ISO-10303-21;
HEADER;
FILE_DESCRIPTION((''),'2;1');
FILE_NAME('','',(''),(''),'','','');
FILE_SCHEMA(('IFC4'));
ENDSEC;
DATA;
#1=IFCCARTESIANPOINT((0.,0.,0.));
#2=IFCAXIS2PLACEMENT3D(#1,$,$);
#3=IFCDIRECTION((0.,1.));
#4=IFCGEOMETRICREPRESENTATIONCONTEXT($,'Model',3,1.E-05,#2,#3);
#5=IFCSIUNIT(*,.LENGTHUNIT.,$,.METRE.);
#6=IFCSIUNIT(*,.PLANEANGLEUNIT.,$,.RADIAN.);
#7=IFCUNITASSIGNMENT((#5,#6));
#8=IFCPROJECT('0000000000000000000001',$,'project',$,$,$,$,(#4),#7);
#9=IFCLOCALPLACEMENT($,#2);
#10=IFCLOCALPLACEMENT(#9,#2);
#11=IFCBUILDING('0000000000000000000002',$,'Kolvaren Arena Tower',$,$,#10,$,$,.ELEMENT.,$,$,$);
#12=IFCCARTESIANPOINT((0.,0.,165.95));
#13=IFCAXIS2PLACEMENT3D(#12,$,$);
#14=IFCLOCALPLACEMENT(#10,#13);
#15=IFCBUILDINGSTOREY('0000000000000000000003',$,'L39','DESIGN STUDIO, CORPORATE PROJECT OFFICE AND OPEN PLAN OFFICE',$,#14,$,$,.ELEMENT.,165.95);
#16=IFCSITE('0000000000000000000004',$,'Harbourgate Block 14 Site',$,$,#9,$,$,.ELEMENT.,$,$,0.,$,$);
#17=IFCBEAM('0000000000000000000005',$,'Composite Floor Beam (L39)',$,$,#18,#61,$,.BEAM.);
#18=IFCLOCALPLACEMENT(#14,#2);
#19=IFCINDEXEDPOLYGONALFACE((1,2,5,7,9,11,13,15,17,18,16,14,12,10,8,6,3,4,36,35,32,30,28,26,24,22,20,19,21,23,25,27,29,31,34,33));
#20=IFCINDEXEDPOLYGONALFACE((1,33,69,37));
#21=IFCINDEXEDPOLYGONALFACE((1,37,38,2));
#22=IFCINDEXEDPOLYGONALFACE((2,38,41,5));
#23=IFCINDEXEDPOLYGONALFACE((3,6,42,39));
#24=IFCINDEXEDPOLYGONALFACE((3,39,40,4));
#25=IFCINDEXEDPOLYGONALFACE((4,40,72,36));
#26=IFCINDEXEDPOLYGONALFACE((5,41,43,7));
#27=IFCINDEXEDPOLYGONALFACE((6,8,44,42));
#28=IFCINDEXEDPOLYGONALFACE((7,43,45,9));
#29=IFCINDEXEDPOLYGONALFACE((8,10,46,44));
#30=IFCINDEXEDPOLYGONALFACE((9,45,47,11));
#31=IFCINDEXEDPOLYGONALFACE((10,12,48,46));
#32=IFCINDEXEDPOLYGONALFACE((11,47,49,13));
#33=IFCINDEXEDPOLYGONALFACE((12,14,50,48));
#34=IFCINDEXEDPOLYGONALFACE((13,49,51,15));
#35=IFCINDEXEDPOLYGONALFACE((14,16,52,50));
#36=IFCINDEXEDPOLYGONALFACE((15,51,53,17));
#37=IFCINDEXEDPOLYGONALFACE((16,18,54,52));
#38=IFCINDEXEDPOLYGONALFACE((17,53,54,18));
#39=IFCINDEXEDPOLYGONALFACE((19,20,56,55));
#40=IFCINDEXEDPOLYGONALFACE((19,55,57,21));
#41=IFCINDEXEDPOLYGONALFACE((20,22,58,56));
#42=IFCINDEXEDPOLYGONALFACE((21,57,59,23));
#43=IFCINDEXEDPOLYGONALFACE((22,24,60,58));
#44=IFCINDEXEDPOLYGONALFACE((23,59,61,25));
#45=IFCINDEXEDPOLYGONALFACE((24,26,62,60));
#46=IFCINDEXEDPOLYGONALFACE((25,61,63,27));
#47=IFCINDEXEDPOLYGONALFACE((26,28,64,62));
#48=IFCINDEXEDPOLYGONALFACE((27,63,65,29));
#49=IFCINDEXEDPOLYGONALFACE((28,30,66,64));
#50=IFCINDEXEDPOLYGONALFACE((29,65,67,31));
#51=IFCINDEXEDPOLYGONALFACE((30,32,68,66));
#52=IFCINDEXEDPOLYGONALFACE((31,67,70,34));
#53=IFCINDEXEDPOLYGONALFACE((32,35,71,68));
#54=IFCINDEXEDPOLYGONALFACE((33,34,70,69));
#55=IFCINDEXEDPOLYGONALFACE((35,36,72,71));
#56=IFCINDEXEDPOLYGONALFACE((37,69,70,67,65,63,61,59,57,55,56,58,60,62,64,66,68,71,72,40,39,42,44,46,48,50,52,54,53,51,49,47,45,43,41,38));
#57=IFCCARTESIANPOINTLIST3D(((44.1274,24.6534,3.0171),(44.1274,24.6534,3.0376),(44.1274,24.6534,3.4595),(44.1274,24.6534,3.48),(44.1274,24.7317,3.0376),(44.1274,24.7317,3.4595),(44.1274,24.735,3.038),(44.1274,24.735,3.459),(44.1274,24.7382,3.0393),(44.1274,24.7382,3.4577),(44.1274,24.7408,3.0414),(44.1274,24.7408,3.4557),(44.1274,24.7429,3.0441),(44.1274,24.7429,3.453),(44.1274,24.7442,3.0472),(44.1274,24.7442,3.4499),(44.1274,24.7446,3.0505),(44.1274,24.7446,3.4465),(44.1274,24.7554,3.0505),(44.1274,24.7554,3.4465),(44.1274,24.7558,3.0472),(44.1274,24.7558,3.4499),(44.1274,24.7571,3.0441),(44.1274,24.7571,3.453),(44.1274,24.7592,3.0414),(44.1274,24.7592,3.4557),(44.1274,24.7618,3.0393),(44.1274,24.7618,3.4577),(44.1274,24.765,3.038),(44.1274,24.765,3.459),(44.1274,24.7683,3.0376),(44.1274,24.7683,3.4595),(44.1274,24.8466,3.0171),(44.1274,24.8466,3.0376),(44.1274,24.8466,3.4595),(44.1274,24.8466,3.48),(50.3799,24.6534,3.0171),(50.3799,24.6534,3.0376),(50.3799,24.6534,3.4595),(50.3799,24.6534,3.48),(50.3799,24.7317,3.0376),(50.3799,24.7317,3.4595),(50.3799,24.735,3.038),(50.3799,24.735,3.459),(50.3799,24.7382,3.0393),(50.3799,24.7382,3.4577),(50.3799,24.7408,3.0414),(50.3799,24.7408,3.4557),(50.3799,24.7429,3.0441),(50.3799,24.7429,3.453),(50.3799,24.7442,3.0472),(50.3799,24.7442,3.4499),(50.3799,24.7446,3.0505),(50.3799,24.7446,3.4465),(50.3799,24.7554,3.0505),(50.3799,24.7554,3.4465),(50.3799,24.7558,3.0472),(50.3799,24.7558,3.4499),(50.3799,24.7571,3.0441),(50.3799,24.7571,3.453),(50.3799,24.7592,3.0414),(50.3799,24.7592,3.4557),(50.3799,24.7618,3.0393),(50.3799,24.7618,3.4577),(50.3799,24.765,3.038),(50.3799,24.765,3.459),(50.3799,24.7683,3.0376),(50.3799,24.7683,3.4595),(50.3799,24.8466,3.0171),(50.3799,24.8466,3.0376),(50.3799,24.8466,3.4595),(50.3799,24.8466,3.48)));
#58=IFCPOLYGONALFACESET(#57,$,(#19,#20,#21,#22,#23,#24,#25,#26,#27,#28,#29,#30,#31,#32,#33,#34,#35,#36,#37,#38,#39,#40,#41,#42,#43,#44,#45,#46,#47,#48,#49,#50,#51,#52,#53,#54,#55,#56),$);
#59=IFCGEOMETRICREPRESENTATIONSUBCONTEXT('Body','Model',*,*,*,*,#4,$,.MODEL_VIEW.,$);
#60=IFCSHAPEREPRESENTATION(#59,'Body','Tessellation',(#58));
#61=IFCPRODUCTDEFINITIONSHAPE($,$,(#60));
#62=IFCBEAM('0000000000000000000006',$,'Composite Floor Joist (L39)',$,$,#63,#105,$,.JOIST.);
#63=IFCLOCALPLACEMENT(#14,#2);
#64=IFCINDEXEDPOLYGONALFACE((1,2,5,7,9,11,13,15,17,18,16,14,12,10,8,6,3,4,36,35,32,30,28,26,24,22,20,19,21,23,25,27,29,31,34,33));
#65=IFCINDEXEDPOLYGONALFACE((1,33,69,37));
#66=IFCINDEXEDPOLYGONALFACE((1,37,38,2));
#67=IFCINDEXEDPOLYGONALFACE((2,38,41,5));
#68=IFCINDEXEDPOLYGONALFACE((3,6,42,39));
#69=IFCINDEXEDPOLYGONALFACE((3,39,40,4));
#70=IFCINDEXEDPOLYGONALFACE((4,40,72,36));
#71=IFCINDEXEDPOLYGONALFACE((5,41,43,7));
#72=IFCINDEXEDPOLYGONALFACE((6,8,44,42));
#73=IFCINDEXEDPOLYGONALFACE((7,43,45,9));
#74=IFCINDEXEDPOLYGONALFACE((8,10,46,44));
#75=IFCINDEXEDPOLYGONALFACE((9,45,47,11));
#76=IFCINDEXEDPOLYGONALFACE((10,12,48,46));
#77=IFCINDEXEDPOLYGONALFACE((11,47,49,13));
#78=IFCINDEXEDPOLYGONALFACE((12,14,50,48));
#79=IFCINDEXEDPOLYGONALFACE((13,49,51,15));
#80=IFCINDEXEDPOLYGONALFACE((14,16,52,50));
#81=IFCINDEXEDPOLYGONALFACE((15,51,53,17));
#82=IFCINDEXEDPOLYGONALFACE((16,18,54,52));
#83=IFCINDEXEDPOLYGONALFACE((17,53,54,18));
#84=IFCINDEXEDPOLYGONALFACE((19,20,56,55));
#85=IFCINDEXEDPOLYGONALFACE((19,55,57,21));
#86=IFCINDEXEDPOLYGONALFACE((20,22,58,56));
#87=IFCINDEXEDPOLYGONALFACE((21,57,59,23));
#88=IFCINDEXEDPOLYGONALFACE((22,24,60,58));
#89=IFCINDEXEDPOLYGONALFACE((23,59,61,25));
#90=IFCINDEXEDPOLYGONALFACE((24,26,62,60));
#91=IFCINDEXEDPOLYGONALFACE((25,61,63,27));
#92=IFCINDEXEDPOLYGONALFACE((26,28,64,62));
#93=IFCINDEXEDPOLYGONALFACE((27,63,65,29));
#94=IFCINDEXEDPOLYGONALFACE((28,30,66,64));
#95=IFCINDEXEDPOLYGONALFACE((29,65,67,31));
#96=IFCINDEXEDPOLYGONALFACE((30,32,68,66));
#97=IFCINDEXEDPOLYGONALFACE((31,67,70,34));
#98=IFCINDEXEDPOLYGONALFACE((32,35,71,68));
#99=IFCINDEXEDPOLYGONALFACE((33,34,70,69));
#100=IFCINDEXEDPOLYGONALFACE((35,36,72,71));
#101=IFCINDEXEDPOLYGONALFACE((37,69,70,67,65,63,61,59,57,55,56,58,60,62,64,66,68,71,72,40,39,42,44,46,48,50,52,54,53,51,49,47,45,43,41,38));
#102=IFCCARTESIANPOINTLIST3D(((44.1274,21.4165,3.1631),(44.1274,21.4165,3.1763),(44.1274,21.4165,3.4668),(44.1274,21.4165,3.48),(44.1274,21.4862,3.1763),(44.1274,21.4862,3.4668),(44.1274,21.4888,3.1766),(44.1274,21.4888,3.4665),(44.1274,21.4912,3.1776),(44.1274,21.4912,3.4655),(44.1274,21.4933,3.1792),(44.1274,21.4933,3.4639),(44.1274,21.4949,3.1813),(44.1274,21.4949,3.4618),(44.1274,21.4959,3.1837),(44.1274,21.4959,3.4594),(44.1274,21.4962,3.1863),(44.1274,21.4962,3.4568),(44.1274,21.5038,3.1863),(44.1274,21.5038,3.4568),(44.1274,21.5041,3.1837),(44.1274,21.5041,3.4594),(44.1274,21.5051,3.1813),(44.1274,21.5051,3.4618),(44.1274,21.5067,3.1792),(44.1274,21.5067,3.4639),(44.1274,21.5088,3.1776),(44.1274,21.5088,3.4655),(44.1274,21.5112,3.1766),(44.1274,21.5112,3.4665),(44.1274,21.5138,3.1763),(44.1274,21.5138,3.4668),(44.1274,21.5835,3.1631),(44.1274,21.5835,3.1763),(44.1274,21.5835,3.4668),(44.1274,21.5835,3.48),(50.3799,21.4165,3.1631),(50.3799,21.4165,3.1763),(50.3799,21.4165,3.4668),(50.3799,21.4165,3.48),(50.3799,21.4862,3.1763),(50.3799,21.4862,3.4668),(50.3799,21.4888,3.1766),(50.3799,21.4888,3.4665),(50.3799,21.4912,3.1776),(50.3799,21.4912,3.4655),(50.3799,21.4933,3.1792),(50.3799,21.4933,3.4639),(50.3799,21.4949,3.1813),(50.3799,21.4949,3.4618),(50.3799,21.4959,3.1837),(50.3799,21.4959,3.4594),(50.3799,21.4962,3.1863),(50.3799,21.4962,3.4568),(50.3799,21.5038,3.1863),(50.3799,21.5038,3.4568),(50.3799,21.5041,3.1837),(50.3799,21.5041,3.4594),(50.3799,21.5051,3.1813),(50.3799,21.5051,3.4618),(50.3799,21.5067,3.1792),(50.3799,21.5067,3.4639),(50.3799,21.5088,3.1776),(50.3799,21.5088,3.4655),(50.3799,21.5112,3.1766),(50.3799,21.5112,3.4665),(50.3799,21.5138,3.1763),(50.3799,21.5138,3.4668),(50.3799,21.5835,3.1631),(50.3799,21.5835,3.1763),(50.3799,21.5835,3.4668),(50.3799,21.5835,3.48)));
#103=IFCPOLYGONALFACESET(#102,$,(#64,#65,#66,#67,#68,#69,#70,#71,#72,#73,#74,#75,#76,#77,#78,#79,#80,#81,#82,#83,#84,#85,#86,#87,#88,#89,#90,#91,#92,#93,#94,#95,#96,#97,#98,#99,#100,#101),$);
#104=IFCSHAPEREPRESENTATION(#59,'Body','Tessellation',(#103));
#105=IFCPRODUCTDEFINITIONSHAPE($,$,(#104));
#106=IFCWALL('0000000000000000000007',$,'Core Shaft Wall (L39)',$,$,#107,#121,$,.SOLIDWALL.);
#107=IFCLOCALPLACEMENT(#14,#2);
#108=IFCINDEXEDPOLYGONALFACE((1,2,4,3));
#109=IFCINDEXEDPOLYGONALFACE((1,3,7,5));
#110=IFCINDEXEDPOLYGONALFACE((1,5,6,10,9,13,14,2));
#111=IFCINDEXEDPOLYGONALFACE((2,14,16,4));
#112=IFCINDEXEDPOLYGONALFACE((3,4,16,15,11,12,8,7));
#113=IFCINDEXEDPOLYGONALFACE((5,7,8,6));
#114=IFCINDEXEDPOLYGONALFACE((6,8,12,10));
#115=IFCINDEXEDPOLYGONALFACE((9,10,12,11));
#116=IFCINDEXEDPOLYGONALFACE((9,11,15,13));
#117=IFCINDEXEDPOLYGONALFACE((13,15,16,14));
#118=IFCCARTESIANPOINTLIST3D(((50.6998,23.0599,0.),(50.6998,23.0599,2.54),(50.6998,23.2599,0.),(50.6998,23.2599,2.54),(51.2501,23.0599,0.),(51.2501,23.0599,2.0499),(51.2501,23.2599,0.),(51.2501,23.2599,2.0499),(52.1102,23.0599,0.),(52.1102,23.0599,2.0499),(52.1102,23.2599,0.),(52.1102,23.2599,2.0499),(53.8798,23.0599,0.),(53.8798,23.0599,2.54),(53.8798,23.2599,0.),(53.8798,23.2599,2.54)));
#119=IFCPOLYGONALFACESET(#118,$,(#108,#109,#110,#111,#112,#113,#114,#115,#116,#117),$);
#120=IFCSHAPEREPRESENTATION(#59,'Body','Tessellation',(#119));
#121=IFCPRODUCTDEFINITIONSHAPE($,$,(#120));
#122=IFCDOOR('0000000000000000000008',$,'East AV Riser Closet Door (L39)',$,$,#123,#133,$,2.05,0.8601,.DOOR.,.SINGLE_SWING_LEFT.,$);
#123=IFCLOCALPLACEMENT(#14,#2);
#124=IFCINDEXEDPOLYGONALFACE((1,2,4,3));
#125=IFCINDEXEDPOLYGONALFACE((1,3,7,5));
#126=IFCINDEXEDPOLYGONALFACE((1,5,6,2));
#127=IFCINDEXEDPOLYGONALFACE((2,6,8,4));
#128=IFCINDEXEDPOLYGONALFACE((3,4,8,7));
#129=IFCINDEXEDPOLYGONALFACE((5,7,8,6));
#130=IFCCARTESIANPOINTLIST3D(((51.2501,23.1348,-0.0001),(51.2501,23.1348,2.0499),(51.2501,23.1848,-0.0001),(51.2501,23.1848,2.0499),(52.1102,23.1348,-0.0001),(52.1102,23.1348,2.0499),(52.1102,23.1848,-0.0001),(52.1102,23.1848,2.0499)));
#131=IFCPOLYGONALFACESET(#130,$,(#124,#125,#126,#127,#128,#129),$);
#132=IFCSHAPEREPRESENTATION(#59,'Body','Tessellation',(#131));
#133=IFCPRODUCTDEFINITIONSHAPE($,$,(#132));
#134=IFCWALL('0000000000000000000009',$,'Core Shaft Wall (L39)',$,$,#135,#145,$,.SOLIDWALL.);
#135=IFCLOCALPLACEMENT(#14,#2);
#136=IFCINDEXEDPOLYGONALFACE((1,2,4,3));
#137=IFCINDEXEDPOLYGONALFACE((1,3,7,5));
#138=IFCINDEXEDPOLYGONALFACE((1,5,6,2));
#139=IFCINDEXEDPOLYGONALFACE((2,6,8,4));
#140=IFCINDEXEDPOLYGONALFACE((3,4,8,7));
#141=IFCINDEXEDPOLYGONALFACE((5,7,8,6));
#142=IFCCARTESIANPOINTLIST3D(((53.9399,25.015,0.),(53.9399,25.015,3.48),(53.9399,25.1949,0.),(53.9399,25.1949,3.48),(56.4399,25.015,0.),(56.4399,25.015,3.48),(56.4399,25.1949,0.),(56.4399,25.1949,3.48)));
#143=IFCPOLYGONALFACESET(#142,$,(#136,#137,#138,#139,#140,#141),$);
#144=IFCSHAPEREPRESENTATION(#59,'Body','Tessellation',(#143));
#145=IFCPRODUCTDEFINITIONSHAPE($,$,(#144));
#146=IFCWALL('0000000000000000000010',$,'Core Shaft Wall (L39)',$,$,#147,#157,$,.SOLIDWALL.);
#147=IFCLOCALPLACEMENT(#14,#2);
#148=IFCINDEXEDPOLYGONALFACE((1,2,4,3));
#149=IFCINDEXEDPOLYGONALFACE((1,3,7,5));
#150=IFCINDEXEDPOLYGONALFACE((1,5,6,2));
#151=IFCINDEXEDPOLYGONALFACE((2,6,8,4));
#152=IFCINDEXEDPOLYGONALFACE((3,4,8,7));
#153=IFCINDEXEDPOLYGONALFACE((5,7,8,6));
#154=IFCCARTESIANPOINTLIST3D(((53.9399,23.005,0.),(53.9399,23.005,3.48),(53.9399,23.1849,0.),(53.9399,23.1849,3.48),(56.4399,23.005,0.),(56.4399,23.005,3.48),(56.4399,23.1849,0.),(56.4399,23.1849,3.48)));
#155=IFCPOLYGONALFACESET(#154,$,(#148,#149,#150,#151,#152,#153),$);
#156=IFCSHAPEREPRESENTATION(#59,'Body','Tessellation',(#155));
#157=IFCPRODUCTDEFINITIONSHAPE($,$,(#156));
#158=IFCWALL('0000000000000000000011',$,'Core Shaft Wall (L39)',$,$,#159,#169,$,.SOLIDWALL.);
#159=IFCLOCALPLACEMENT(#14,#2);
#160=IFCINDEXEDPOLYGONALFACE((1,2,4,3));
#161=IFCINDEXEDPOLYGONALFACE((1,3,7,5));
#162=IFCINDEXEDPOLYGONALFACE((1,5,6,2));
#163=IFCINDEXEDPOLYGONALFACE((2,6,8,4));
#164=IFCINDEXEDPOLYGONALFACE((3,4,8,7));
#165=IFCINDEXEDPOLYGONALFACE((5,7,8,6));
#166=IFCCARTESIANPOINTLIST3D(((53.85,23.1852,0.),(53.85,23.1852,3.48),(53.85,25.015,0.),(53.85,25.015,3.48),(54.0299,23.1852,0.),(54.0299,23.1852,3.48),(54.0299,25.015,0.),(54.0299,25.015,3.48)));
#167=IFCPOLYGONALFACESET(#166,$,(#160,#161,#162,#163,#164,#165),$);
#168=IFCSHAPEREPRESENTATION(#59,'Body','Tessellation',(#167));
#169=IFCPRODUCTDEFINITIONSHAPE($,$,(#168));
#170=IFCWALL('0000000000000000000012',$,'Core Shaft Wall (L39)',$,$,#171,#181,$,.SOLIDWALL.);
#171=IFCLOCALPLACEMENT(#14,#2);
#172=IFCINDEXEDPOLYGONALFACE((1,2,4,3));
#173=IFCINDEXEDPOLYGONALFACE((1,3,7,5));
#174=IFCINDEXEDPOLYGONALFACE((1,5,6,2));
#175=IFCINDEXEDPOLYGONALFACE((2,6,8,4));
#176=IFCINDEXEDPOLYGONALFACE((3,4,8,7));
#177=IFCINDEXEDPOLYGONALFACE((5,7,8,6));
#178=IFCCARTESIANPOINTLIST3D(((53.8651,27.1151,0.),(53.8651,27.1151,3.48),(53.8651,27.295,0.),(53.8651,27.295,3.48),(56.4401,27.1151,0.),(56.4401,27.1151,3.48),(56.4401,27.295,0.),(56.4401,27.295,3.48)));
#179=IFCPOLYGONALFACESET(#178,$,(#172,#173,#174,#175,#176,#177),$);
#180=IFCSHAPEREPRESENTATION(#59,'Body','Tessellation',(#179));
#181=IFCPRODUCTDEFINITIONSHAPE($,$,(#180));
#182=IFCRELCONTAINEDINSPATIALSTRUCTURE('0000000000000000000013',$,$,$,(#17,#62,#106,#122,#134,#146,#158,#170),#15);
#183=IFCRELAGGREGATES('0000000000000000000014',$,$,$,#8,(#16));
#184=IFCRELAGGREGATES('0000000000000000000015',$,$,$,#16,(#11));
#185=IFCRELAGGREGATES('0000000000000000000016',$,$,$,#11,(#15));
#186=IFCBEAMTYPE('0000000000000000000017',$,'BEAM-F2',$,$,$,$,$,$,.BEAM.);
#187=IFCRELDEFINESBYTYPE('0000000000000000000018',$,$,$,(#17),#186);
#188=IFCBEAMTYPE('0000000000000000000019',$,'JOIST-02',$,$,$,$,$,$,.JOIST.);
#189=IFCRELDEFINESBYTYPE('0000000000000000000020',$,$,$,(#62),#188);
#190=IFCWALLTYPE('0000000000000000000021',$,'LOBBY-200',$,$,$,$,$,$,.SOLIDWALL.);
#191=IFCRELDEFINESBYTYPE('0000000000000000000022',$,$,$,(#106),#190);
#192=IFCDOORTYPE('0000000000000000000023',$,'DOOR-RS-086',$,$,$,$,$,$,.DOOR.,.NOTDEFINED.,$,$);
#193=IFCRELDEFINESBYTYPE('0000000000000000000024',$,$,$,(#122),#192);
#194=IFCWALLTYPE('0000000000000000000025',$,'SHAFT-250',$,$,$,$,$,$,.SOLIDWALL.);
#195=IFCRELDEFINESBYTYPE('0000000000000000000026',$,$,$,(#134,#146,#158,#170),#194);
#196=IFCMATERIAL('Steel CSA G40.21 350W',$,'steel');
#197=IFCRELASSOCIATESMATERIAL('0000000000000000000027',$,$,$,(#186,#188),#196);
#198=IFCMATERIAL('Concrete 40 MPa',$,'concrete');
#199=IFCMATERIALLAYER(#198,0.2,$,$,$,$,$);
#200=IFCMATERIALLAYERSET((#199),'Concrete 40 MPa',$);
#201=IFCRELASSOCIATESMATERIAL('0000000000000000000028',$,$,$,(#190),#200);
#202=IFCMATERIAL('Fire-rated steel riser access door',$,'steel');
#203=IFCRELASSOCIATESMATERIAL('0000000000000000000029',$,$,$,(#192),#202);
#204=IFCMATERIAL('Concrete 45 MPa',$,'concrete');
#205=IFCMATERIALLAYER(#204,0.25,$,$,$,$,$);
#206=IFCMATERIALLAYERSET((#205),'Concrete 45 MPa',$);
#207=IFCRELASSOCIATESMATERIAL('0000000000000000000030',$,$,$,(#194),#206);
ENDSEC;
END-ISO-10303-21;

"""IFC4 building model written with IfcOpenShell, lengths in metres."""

from ifc_helpers import new_model, si_unit, direction, frame, frame_2d, origin, origin_2d, place, context, subcontext, project, spatial, rectangle, i_section, extrude, material, layer, layer_set, material_profile, profile_set, type_object, element, fill, save


model = new_model("IFC4")

# Units and contexts
model_context = context("Model", 3, precision=1e-05, world=origin(), true_north=direction((0.0, 1.0)))
body_context = subcontext(model_context, "Body", "Model", "MODEL_VIEW")
ifc_project = project(units=[si_unit("LENGTHUNIT", "METRE"), si_unit("PLANEANGLEUNIT", "RADIAN")], contexts=[model_context])

# Site, building, storey
site_placement = place(None, origin())
site = spatial("IfcSite", under=ifc_project, at=site_placement, Name="Harbourgate Block 14 Site", CompositionType="ELEMENT", RefElevation=0.0)
building_placement = place(site_placement, origin())
building = spatial("IfcBuilding", under=site, at=building_placement, Name="Kolvaren Arena Tower", CompositionType="ELEMENT")
storey_placement = place(building_placement, frame((0.0, 0.0, 165.95)))
storey = spatial("IfcBuildingStorey", under=building, at=storey_placement, Name="L39", Description="DESIGN STUDIO, CORPORATE PROJECT OFFICE AND OPEN PLAN OFFICE", CompositionType="ELEMENT", Elevation=165.95)

# Beams
ifc_material_1 = material(Name="Steel CSA G40.21 350W", Category="steel")
ifc_material_profile_1 = material_profile(ifc_material_1, i_section(OverallWidth=0.1931, OverallDepth=0.4629, WebThickness=0.0107, FlangeThickness=0.0205, FilletRadius=0.0129, at=origin_2d()), Name="W460x113")
ifc_profile_set_1 = profile_set([ifc_material_profile_1], Name="Steel CSA G40.21 350W")
beam_type_1 = type_object("IfcBeamType", Name="BEAM-F2", PredefinedType="BEAM", material=ifc_profile_set_1)
beam_1_placement = place(storey_placement, frame((44.1274, 24.75, 3.2485), z_axis=(1.0, 0.0, 0.0), x_axis=(0.0, 1.0, 0.0)))
element("IfcBeam", 1, at=beam_1_placement, inside=storey, type_object=beam_type_1, Name="Composite Floor Beam (L39)", PredefinedType="BEAM", context=body_context, shape_type="SweptSolid", body=[
    extrude(i_section(OverallWidth=0.1931, OverallDepth=0.4629, WebThickness=0.0107, FlangeThickness=0.0205, FilletRadius=0.0129, at=origin_2d()), origin(), (0.0, 0.0, 1.0), 6.2524),
])
ifc_material_profile_2 = material_profile(ifc_material_1, i_section(OverallWidth=0.167, OverallDepth=0.3169, WebThickness=0.0076, FlangeThickness=0.0132, FilletRadius=0.01, at=origin_2d()), Name="W310x52")
ifc_profile_set_2 = profile_set([ifc_material_profile_2], Name="Steel CSA G40.21 350W")
beam_type_2 = type_object("IfcBeamType", Name="JOIST-02", PredefinedType="JOIST", material=ifc_profile_set_2)
beam_2_placement = place(storey_placement, frame((44.1274, 21.5, 3.3215), z_axis=(1.0, 0.0, 0.0), x_axis=(0.0, 1.0, 0.0)))
element("IfcBeam", 2, at=beam_2_placement, inside=storey, type_object=beam_type_2, Name="Composite Floor Joist (L39)", PredefinedType="JOIST", context=body_context, shape_type="SweptSolid", body=[
    extrude(i_section(OverallWidth=0.167, OverallDepth=0.3169, WebThickness=0.0076, FlangeThickness=0.0132, FilletRadius=0.01, at=origin_2d()), origin(), (0.0, 0.0, 1.0), 6.2524),
])

# Shared definitions
ifc_material_2 = material(Name="Concrete 40 MPa", Category="concrete")
ifc_layer_1 = layer(ifc_material_2, 0.2)
ifc_layer_set_1 = layer_set([ifc_layer_1], Name="Concrete 40 MPa")
wall_type_1 = type_object("IfcWallType", Name="LOBBY-200", PredefinedType="SOLIDWALL", material=ifc_layer_set_1)

# Wall, opening, door
wall_1_placement = place(storey_placement, frame((50.7, 23.1599, 0.0), z_axis=(0.0, 0.0, 1.0), x_axis=(1.0, 0.0, 0.0)))
wall_1 = element("IfcWall", 3, at=wall_1_placement, inside=storey, type_object=wall_type_1, Name="Core Shaft Wall (L39)", PredefinedType="SOLIDWALL", context=body_context, shape_type="SweptSolid", body=[
    extrude(rectangle(XDim=3.1799, YDim=0.2, at=frame_2d((1.5898, 0.0))), origin(), (0.0, 0.0, 1.0), 2.54),
])
opening_1_placement = place(wall_1_placement, frame((0.55, 0.0, 0.0)))
opening_1 = element("IfcOpeningElement", 4, at=opening_1_placement, cuts=wall_1, PredefinedType="OPENING", context=body_context, shape_type="SweptSolid", body=[
    extrude(rectangle(XDim=0.8601, YDim=2.05, at=frame_2d((0.4302, 1.0249))), frame((0.0, 0.1099, 0.0), z_axis=(0.0, -1.0, 0.0), x_axis=(1.0, 0.0, 0.0)), (0.0, 0.0, 1.0), 0.22),
])
ifc_material_3 = material(Name="Fire-rated steel riser access door", Category="steel")
door_type_1 = type_object("IfcDoorType", Name="DOOR-RS-086", OperationType="NOTDEFINED", PredefinedType="DOOR", material=ifc_material_3)
door_1_placement = place(opening_1_placement, origin())
door_1 = element("IfcDoor", 5, at=door_1_placement, inside=storey, type_object=door_type_1, Name="East AV Riser Closet Door (L39)", OperationType="SINGLE_SWING_LEFT", OverallHeight=2.05, OverallWidth=0.8601, PredefinedType="DOOR", context=body_context, shape_type="SweptSolid", body=[
    extrude(rectangle(XDim=0.8601, YDim=2.05, at=frame_2d((0.4302, 1.0249))), frame((0.0, 0.0249, 0.0), z_axis=(0.0, -1.0, 0.0), x_axis=(1.0, 0.0, 0.0)), (0.0, 0.0, 1.0), 0.05),
])
fill(opening_1, door_1)

# Walls
ifc_material_4 = material(Name="Concrete 45 MPa", Category="concrete")
ifc_layer_2 = layer(ifc_material_4, 0.25)
ifc_layer_set_2 = layer_set([ifc_layer_2], Name="Concrete 45 MPa")
wall_type_2 = type_object("IfcWallType", Name="SHAFT-250", PredefinedType="SOLIDWALL", material=ifc_layer_set_2)
for number, where, z_axis, x_axis, name in (
    (6, (53.9399, 25.105, 0.0), (0.0, 0.0, 1.0), (1.0, 0.0, 0.0), "Core Shaft Wall (L39)"),
    (7, (53.9399, 23.095, 0.0), (0.0, 0.0, 1.0), (1.0, 0.0, 0.0), "Core Shaft Wall (L39)"),
):
    element("IfcWall", number, at=place(storey_placement, frame(where, z_axis=z_axis, x_axis=x_axis)), inside=storey, type_object=wall_type_2, Name=name, PredefinedType="SOLIDWALL", context=body_context, shape_type="SweptSolid", body=[
        extrude(rectangle(XDim=2.5, YDim=0.1799, at=frame_2d((1.25, 0.0))), origin(), (0.0, 0.0, 1.0), 3.48),
    ])
wall_2_placement = place(storey_placement, frame((53.9399, 23.1851, 0.0), z_axis=(0.0, 0.0, 1.0), x_axis=(0.0, 1.0, 0.0)))
element("IfcWall", 8, at=wall_2_placement, inside=storey, type_object=wall_type_2, Name="Core Shaft Wall (L39)", PredefinedType="SOLIDWALL", context=body_context, shape_type="SweptSolid", body=[
    extrude(rectangle(XDim=1.8298, YDim=0.1799, at=frame_2d((0.915, 0.0))), origin(), (0.0, 0.0, 1.0), 3.48),
])
wall_3_placement = place(storey_placement, frame((53.865, 27.2051, 0.0), z_axis=(0.0, 0.0, 1.0), x_axis=(1.0, 0.0, 0.0)))
element("IfcWall", 9, at=wall_3_placement, inside=storey, type_object=wall_type_2, Name="Core Shaft Wall (L39)", PredefinedType="SOLIDWALL", context=body_context, shape_type="SweptSolid", body=[
    extrude(rectangle(XDim=2.575, YDim=0.1799, at=frame_2d((1.2876, 0.0))), origin(), (0.0, 0.0, 1.0), 3.48),
])

save(model, "model.ifc")
